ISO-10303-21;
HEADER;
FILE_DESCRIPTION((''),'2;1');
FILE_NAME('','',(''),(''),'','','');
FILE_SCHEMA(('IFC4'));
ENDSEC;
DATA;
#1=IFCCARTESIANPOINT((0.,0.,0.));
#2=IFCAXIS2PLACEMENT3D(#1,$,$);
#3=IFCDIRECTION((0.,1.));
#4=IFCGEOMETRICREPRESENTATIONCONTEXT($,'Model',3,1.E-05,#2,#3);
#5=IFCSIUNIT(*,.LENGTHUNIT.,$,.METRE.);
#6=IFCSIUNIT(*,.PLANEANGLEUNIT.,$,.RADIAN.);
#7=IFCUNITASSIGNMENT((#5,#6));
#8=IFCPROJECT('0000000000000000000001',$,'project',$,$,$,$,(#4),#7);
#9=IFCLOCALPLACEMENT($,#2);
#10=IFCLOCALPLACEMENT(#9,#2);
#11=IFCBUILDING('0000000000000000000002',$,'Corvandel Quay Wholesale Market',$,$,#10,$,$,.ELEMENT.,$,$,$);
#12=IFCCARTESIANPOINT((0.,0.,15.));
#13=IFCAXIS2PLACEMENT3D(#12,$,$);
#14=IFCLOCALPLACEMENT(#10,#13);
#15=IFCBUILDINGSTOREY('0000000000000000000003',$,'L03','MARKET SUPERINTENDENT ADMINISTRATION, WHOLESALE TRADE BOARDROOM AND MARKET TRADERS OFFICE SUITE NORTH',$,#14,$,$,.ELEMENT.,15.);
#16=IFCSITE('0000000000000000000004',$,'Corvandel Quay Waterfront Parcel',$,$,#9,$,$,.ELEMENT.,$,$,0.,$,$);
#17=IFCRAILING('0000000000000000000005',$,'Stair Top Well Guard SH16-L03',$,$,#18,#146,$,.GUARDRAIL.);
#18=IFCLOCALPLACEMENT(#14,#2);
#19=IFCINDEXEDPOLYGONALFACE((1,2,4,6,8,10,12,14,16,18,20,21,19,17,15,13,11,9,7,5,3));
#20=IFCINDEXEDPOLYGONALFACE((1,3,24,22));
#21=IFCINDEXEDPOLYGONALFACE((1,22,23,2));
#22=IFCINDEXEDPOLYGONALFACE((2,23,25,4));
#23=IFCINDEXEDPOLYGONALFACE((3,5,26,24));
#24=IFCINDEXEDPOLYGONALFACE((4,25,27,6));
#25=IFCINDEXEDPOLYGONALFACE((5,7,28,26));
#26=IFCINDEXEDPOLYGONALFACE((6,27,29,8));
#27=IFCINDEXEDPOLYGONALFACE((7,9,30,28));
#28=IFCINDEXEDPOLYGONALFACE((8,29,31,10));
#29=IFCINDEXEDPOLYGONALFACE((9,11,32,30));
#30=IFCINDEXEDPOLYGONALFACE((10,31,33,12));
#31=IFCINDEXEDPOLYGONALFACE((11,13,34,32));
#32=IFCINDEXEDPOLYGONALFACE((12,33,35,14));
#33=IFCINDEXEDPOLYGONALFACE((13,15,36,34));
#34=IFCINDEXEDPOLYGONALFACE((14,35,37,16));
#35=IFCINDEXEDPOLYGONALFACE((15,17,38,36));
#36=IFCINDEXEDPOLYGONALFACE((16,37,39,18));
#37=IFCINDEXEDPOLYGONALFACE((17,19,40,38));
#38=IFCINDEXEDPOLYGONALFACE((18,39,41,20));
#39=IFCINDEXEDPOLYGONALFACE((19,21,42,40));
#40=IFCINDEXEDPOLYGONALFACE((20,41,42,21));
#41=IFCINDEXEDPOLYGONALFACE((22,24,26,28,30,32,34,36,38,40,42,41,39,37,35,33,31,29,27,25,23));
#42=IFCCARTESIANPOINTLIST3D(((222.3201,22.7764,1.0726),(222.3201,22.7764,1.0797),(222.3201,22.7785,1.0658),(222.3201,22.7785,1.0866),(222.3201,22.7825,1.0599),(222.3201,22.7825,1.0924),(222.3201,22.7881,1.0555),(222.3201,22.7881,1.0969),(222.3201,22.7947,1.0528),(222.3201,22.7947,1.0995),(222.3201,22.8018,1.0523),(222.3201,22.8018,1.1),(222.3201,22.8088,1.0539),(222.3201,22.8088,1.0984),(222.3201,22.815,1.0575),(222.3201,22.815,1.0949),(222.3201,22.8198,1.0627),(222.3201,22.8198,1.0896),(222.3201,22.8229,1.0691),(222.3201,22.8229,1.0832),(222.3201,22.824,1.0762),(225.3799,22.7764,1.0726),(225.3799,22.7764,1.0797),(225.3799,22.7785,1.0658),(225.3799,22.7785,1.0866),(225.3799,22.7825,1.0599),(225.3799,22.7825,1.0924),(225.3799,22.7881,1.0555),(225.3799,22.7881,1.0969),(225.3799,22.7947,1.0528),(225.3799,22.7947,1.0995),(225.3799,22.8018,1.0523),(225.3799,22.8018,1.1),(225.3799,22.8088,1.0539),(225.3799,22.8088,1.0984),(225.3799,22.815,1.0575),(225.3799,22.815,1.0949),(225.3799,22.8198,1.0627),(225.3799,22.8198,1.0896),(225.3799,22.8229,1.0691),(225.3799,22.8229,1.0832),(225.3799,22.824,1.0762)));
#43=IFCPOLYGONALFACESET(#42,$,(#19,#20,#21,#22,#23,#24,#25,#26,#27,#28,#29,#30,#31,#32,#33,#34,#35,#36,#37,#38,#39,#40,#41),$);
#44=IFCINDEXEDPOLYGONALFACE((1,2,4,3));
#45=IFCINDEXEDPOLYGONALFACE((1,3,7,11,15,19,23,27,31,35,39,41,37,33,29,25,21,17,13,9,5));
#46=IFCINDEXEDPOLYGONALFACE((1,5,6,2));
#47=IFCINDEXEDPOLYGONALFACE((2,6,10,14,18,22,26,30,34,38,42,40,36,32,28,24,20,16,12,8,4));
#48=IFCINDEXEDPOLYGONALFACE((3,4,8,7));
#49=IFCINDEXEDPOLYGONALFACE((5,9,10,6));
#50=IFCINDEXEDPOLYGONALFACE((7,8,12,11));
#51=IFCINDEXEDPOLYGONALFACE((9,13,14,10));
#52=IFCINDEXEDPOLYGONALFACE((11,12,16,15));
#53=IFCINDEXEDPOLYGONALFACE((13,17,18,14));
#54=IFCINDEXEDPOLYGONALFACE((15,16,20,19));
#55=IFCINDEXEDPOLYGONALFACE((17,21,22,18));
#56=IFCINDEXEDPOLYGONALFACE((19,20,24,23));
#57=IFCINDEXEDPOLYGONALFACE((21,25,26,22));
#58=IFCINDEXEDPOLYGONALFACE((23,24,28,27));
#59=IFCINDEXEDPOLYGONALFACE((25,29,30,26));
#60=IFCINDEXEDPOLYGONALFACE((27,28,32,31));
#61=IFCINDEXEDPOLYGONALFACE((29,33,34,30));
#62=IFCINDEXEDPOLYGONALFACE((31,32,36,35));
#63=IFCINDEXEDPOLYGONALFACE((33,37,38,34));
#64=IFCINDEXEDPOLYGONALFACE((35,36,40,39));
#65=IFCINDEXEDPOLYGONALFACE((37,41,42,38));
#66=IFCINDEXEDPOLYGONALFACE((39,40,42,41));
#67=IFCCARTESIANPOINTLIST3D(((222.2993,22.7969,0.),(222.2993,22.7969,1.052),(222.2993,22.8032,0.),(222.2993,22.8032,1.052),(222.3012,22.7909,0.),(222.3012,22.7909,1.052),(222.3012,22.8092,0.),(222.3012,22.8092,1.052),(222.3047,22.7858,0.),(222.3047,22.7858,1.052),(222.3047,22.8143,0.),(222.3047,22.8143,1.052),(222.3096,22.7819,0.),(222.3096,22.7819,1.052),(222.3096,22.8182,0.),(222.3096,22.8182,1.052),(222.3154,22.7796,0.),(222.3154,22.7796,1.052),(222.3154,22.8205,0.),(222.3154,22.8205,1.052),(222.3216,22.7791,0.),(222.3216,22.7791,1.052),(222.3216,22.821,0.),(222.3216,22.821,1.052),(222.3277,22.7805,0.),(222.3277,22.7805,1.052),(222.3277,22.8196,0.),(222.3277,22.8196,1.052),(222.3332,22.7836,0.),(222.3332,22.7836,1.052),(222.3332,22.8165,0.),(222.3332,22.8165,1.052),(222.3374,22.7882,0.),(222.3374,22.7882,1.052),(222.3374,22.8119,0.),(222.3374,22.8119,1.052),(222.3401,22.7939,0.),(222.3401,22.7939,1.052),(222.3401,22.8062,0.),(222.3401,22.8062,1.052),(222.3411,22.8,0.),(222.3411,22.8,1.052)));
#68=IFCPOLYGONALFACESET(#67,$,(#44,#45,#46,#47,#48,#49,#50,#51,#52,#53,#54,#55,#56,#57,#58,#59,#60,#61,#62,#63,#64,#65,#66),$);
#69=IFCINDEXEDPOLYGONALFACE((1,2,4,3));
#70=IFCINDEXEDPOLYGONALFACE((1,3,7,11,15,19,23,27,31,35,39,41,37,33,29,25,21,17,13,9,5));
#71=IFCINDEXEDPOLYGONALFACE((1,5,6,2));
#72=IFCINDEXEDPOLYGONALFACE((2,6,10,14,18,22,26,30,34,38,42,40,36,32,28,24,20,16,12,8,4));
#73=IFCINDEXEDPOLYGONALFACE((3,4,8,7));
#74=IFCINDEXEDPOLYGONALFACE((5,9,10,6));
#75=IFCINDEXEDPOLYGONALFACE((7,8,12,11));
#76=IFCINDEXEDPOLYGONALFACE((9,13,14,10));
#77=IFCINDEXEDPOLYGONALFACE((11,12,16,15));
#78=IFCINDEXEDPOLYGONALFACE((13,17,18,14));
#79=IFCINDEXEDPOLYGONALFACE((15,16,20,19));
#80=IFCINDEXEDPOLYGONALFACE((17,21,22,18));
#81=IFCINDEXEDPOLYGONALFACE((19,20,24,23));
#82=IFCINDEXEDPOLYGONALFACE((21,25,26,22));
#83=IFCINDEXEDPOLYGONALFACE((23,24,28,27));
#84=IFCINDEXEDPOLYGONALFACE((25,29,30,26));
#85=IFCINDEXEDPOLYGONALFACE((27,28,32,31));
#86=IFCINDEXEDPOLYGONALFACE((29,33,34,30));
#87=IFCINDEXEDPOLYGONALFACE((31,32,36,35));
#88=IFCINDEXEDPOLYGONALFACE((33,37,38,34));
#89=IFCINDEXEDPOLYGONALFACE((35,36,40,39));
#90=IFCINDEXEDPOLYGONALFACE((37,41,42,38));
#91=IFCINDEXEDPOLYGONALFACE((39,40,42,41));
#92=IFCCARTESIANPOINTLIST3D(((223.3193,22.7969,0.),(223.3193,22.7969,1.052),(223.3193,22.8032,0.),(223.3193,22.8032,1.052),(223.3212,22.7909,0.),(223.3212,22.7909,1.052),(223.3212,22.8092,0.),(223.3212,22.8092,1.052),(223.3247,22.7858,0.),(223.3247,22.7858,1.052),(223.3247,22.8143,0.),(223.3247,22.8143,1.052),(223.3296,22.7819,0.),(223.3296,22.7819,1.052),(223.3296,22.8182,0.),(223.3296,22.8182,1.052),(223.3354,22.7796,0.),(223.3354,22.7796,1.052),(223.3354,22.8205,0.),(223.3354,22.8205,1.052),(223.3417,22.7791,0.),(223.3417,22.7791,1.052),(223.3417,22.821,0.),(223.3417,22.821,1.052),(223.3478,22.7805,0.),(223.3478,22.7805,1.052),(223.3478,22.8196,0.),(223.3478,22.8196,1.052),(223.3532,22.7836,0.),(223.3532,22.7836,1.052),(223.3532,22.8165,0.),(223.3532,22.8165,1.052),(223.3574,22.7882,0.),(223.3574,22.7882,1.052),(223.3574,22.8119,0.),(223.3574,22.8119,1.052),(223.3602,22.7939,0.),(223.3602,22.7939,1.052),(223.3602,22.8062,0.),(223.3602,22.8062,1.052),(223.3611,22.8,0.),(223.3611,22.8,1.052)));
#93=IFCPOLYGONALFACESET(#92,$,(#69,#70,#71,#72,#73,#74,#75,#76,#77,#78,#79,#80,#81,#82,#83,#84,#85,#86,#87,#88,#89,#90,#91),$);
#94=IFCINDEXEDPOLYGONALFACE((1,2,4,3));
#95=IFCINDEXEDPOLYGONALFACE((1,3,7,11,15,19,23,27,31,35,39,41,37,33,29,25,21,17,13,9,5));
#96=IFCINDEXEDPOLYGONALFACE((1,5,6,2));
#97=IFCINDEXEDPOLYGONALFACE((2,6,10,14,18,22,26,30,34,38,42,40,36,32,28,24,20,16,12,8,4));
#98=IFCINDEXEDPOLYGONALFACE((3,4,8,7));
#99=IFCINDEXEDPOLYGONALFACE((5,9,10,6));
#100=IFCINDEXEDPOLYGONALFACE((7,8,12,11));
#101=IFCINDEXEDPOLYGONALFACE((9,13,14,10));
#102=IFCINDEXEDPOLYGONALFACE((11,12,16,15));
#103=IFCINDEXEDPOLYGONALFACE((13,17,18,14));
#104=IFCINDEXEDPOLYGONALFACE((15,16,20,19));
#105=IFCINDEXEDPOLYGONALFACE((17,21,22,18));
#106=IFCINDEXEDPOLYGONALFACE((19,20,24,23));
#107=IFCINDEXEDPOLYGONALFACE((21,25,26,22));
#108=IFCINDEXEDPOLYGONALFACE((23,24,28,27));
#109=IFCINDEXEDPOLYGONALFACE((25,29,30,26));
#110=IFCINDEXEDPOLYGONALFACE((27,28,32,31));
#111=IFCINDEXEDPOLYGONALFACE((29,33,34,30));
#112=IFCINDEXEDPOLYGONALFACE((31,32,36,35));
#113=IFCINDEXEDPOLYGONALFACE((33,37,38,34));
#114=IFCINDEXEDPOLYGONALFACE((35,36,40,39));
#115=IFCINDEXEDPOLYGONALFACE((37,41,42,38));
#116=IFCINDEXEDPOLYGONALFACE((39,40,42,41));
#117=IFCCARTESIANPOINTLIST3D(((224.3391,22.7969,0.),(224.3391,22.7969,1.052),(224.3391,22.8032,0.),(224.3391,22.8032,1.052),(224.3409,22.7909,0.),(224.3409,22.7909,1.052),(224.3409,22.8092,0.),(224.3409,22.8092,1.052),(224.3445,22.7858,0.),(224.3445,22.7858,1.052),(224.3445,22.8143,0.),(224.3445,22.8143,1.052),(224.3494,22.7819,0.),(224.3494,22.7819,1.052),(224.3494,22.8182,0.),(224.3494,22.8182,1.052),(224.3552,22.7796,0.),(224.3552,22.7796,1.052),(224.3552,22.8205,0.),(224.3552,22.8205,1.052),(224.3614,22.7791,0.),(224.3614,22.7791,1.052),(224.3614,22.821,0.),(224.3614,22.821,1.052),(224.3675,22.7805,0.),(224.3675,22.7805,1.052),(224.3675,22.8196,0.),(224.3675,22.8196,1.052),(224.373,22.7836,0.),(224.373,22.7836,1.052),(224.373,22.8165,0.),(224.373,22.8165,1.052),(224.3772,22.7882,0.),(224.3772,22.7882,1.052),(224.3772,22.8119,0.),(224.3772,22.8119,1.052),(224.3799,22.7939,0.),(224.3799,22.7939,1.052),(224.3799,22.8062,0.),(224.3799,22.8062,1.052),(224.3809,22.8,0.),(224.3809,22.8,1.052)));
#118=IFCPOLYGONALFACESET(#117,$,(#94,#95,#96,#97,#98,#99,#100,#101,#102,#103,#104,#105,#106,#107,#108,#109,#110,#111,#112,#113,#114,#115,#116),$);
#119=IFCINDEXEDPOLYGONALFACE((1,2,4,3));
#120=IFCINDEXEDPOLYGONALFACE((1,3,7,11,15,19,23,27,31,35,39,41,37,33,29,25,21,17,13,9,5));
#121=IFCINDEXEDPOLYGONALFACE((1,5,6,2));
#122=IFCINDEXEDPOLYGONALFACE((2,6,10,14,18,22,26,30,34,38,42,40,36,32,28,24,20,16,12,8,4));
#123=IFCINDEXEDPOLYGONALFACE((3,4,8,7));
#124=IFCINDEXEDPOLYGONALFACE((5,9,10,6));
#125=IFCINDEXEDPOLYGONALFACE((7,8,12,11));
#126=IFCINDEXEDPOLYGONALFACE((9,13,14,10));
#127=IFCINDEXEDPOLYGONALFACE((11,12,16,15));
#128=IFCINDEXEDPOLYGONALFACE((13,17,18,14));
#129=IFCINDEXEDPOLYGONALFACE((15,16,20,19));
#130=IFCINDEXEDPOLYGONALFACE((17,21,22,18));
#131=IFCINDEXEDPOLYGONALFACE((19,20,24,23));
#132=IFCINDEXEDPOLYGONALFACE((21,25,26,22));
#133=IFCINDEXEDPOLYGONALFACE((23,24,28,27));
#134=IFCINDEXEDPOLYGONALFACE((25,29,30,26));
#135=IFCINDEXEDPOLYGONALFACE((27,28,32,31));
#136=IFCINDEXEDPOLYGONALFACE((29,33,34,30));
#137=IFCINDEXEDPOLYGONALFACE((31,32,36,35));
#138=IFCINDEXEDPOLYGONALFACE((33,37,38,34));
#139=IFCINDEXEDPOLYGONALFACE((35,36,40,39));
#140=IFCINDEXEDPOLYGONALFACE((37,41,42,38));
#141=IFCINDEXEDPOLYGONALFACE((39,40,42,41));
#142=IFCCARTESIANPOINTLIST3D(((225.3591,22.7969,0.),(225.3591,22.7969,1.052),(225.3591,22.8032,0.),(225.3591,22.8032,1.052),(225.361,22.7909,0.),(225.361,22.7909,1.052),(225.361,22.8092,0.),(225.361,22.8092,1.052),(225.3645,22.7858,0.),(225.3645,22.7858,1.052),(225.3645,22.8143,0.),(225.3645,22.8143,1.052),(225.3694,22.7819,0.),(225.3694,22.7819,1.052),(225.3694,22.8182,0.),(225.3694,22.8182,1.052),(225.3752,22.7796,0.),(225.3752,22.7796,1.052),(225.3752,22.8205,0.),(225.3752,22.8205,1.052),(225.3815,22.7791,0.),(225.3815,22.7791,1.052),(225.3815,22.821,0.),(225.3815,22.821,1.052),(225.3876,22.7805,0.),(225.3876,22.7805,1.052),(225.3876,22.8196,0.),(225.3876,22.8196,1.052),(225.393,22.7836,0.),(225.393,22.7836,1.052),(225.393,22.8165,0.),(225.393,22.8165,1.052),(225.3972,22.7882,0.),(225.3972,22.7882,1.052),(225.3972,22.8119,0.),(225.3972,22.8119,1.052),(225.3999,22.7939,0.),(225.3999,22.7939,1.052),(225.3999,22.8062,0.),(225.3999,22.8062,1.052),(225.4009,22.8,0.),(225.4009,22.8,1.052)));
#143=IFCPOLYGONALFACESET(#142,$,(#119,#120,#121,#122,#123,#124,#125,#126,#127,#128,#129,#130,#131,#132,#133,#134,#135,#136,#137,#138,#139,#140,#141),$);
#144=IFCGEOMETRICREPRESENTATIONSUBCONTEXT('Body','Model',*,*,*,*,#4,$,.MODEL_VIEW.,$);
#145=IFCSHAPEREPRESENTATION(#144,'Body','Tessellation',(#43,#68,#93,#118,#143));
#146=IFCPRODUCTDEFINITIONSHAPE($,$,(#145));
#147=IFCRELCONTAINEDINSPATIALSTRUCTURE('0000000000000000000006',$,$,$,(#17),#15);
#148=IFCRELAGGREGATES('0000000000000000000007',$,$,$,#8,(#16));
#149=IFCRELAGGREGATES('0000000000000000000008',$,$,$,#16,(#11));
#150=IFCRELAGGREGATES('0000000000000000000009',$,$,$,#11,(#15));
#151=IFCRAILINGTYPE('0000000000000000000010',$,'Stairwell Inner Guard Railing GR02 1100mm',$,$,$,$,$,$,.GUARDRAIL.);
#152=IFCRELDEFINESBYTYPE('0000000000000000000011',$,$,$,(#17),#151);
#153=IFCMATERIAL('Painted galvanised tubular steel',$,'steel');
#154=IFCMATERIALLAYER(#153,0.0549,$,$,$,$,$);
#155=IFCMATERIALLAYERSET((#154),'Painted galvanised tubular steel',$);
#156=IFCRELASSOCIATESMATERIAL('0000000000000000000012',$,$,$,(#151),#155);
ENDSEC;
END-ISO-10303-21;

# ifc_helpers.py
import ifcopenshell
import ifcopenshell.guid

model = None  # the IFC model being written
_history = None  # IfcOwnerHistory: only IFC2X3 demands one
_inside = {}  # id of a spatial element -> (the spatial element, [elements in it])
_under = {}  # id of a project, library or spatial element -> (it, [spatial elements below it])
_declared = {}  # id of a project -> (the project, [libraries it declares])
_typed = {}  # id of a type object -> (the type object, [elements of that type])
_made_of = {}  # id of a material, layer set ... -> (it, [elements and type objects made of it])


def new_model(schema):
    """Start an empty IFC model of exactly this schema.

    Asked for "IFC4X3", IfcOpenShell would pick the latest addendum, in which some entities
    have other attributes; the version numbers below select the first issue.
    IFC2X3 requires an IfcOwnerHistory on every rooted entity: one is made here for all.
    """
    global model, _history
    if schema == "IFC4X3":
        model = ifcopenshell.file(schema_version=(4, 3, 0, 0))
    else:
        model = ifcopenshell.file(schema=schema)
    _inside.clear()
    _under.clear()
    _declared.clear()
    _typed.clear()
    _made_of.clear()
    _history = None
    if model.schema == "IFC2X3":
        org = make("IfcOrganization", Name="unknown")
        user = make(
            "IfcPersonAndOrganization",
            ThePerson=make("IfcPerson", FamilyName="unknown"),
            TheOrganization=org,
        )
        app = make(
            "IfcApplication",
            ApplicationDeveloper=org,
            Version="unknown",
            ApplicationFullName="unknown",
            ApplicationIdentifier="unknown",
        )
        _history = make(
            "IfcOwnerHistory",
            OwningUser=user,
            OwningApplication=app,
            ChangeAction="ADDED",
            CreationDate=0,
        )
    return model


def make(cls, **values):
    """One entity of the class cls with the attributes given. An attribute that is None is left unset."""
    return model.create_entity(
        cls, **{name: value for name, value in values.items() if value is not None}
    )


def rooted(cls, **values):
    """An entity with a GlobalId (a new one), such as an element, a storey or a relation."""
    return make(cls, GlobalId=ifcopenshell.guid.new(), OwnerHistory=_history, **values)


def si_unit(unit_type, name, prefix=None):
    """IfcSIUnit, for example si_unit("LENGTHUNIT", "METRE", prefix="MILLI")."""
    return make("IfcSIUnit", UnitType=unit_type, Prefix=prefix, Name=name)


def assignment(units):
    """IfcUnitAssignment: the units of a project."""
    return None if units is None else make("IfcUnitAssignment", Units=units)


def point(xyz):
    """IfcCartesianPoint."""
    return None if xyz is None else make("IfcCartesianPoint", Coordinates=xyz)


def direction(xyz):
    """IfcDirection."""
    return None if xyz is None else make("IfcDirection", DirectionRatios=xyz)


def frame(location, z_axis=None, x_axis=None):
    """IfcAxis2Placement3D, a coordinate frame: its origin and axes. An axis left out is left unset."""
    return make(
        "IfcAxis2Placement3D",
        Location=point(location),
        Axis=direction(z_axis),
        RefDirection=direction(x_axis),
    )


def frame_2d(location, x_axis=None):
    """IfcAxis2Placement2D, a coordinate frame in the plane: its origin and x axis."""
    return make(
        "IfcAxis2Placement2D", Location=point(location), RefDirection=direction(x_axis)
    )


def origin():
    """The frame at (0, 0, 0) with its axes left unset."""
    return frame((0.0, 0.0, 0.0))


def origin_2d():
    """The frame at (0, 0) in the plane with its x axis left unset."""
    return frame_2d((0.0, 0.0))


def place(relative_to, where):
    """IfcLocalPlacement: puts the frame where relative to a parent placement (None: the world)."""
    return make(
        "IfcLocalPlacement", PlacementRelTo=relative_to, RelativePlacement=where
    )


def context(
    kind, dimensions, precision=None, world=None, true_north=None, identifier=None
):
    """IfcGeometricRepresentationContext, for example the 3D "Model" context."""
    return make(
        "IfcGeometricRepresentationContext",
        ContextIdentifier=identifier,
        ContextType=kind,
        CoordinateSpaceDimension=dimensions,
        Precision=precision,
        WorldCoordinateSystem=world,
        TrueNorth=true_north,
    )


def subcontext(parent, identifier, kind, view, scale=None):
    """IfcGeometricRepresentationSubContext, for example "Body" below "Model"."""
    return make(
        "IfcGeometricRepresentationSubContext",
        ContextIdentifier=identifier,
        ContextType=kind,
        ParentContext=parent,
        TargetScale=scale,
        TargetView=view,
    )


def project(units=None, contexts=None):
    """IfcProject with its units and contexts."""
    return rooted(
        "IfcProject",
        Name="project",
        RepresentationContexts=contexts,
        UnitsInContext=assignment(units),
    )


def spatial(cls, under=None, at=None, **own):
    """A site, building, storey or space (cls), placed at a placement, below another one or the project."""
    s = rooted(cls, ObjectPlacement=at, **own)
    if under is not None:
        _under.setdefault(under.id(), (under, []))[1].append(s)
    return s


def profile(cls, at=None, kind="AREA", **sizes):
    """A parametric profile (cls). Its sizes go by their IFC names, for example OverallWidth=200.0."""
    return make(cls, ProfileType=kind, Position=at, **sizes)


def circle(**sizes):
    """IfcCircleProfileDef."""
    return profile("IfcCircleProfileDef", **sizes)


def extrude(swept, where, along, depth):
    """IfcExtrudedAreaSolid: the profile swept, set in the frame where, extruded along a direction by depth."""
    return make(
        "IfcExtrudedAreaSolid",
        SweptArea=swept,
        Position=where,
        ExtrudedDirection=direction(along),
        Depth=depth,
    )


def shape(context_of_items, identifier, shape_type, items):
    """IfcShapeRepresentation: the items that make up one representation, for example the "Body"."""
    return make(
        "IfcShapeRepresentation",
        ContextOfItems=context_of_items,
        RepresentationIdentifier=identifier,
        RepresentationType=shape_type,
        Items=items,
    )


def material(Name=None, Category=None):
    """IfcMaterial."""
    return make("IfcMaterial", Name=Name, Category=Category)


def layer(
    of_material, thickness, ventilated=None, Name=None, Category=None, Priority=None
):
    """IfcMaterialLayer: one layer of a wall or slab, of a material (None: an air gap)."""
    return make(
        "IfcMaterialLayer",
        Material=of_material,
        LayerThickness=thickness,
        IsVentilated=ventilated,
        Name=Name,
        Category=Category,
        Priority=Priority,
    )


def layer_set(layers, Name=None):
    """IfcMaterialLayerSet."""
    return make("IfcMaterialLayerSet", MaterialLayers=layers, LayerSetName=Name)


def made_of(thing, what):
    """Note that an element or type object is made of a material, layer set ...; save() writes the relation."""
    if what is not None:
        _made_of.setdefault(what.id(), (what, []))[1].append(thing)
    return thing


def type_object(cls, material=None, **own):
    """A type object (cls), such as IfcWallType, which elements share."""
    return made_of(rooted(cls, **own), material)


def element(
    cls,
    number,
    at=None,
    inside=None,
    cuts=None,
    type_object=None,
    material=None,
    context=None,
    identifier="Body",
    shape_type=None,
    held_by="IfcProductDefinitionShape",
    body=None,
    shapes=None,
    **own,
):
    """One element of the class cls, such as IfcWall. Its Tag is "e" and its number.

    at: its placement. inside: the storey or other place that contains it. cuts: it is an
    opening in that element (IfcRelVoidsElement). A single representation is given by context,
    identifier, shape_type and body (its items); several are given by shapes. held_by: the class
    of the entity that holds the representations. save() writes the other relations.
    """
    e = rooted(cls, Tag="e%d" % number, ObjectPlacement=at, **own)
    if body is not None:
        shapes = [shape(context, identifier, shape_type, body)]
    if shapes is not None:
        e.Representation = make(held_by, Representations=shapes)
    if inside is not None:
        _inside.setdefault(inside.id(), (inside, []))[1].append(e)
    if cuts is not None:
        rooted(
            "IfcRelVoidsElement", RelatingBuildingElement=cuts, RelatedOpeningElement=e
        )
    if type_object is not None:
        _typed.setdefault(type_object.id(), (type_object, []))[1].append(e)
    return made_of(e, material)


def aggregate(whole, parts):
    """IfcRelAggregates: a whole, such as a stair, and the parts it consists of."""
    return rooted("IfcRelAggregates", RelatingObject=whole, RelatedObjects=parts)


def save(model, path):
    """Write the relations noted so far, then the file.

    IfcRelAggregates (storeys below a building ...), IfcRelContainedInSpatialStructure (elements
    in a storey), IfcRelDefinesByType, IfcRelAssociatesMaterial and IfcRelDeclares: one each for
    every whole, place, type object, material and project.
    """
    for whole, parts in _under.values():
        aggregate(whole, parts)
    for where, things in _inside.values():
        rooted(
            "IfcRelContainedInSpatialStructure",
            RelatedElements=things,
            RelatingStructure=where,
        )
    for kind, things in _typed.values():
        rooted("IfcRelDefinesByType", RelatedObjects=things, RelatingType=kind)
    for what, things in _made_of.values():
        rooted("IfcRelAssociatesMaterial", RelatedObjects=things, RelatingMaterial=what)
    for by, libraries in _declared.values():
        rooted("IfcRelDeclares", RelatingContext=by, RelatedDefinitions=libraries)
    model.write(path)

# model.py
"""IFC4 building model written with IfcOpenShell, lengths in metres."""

from ifc_helpers import new_model, si_unit, direction, frame, origin, origin_2d, place, context, subcontext, project, spatial, circle, extrude, material, layer, layer_set, type_object, element, save


model = new_model("IFC4")

# Units and contexts
model_context = context("Model", 3, precision=1e-05, world=origin(), true_north=direction((0.0, 1.0)))
body_context = subcontext(model_context, "Body", "Model", "MODEL_VIEW")
ifc_project = project(units=[si_unit("LENGTHUNIT", "METRE"), si_unit("PLANEANGLEUNIT", "RADIAN")], contexts=[model_context])

# Site, building, storey
site_placement = place(None, origin())
site = spatial("IfcSite", under=ifc_project, at=site_placement, Name="Corvandel Quay Waterfront Parcel", CompositionType="ELEMENT", RefElevation=0.0)
building_placement = place(site_placement, origin())
building = spatial("IfcBuilding", under=site, at=building_placement, Name="Corvandel Quay Wholesale Market", CompositionType="ELEMENT")
storey_placement = place(building_placement, frame((0.0, 0.0, 15.0)))
storey = spatial("IfcBuildingStorey", under=building, at=storey_placement, Name="L03", Description="MARKET SUPERINTENDENT ADMINISTRATION, WHOLESALE TRADE BOARDROOM AND MARKET TRADERS OFFICE SUITE NORTH", CompositionType="ELEMENT", Elevation=15.0)

# Railing
ifc_material_1 = material(Name="Painted galvanised tubular steel", Category="steel")
ifc_layer_1 = layer(ifc_material_1, 0.0549)
ifc_layer_set_1 = layer_set([ifc_layer_1], Name="Painted galvanised tubular steel")
railing_type = type_object("IfcRailingType", Name="Stairwell Inner Guard Railing GR02 1100mm", PredefinedType="GUARDRAIL", material=ifc_layer_set_1)
railing_placement = place(storey_placement, frame((222.3201, 22.8, 0.0)))
element("IfcRailing", 1, at=railing_placement, inside=storey, type_object=railing_type, Name="Stair Top Well Guard SH16-L03", PredefinedType="GUARDRAIL", context=body_context, shape_type="SweptSolid", body=[
    extrude(circle(Radius=0.0239, at=origin_2d()), frame((0.0, 0.0, 1.0762), z_axis=(1.0, 0.0, 0.0), x_axis=(0.0, 1.0, 0.0)), (0.0, 0.0, 1.0), 3.0598),
    extrude(circle(Radius=0.021, at=origin_2d()), origin(), (0.0, 0.0, 1.0), 1.052),
    extrude(circle(Radius=0.021, at=origin_2d()), frame((1.02, 0.0, 0.0)), (0.0, 0.0, 1.0), 1.052),
    extrude(circle(Radius=0.021, at=origin_2d()), frame((2.0398, 0.0, 0.0)), (0.0, 0.0, 1.0), 1.052),
    extrude(circle(Radius=0.021, at=origin_2d()), frame((3.0598, 0.0, 0.0)), (0.0, 0.0, 1.0), 1.052),
])

save(model, "model.ifc")
